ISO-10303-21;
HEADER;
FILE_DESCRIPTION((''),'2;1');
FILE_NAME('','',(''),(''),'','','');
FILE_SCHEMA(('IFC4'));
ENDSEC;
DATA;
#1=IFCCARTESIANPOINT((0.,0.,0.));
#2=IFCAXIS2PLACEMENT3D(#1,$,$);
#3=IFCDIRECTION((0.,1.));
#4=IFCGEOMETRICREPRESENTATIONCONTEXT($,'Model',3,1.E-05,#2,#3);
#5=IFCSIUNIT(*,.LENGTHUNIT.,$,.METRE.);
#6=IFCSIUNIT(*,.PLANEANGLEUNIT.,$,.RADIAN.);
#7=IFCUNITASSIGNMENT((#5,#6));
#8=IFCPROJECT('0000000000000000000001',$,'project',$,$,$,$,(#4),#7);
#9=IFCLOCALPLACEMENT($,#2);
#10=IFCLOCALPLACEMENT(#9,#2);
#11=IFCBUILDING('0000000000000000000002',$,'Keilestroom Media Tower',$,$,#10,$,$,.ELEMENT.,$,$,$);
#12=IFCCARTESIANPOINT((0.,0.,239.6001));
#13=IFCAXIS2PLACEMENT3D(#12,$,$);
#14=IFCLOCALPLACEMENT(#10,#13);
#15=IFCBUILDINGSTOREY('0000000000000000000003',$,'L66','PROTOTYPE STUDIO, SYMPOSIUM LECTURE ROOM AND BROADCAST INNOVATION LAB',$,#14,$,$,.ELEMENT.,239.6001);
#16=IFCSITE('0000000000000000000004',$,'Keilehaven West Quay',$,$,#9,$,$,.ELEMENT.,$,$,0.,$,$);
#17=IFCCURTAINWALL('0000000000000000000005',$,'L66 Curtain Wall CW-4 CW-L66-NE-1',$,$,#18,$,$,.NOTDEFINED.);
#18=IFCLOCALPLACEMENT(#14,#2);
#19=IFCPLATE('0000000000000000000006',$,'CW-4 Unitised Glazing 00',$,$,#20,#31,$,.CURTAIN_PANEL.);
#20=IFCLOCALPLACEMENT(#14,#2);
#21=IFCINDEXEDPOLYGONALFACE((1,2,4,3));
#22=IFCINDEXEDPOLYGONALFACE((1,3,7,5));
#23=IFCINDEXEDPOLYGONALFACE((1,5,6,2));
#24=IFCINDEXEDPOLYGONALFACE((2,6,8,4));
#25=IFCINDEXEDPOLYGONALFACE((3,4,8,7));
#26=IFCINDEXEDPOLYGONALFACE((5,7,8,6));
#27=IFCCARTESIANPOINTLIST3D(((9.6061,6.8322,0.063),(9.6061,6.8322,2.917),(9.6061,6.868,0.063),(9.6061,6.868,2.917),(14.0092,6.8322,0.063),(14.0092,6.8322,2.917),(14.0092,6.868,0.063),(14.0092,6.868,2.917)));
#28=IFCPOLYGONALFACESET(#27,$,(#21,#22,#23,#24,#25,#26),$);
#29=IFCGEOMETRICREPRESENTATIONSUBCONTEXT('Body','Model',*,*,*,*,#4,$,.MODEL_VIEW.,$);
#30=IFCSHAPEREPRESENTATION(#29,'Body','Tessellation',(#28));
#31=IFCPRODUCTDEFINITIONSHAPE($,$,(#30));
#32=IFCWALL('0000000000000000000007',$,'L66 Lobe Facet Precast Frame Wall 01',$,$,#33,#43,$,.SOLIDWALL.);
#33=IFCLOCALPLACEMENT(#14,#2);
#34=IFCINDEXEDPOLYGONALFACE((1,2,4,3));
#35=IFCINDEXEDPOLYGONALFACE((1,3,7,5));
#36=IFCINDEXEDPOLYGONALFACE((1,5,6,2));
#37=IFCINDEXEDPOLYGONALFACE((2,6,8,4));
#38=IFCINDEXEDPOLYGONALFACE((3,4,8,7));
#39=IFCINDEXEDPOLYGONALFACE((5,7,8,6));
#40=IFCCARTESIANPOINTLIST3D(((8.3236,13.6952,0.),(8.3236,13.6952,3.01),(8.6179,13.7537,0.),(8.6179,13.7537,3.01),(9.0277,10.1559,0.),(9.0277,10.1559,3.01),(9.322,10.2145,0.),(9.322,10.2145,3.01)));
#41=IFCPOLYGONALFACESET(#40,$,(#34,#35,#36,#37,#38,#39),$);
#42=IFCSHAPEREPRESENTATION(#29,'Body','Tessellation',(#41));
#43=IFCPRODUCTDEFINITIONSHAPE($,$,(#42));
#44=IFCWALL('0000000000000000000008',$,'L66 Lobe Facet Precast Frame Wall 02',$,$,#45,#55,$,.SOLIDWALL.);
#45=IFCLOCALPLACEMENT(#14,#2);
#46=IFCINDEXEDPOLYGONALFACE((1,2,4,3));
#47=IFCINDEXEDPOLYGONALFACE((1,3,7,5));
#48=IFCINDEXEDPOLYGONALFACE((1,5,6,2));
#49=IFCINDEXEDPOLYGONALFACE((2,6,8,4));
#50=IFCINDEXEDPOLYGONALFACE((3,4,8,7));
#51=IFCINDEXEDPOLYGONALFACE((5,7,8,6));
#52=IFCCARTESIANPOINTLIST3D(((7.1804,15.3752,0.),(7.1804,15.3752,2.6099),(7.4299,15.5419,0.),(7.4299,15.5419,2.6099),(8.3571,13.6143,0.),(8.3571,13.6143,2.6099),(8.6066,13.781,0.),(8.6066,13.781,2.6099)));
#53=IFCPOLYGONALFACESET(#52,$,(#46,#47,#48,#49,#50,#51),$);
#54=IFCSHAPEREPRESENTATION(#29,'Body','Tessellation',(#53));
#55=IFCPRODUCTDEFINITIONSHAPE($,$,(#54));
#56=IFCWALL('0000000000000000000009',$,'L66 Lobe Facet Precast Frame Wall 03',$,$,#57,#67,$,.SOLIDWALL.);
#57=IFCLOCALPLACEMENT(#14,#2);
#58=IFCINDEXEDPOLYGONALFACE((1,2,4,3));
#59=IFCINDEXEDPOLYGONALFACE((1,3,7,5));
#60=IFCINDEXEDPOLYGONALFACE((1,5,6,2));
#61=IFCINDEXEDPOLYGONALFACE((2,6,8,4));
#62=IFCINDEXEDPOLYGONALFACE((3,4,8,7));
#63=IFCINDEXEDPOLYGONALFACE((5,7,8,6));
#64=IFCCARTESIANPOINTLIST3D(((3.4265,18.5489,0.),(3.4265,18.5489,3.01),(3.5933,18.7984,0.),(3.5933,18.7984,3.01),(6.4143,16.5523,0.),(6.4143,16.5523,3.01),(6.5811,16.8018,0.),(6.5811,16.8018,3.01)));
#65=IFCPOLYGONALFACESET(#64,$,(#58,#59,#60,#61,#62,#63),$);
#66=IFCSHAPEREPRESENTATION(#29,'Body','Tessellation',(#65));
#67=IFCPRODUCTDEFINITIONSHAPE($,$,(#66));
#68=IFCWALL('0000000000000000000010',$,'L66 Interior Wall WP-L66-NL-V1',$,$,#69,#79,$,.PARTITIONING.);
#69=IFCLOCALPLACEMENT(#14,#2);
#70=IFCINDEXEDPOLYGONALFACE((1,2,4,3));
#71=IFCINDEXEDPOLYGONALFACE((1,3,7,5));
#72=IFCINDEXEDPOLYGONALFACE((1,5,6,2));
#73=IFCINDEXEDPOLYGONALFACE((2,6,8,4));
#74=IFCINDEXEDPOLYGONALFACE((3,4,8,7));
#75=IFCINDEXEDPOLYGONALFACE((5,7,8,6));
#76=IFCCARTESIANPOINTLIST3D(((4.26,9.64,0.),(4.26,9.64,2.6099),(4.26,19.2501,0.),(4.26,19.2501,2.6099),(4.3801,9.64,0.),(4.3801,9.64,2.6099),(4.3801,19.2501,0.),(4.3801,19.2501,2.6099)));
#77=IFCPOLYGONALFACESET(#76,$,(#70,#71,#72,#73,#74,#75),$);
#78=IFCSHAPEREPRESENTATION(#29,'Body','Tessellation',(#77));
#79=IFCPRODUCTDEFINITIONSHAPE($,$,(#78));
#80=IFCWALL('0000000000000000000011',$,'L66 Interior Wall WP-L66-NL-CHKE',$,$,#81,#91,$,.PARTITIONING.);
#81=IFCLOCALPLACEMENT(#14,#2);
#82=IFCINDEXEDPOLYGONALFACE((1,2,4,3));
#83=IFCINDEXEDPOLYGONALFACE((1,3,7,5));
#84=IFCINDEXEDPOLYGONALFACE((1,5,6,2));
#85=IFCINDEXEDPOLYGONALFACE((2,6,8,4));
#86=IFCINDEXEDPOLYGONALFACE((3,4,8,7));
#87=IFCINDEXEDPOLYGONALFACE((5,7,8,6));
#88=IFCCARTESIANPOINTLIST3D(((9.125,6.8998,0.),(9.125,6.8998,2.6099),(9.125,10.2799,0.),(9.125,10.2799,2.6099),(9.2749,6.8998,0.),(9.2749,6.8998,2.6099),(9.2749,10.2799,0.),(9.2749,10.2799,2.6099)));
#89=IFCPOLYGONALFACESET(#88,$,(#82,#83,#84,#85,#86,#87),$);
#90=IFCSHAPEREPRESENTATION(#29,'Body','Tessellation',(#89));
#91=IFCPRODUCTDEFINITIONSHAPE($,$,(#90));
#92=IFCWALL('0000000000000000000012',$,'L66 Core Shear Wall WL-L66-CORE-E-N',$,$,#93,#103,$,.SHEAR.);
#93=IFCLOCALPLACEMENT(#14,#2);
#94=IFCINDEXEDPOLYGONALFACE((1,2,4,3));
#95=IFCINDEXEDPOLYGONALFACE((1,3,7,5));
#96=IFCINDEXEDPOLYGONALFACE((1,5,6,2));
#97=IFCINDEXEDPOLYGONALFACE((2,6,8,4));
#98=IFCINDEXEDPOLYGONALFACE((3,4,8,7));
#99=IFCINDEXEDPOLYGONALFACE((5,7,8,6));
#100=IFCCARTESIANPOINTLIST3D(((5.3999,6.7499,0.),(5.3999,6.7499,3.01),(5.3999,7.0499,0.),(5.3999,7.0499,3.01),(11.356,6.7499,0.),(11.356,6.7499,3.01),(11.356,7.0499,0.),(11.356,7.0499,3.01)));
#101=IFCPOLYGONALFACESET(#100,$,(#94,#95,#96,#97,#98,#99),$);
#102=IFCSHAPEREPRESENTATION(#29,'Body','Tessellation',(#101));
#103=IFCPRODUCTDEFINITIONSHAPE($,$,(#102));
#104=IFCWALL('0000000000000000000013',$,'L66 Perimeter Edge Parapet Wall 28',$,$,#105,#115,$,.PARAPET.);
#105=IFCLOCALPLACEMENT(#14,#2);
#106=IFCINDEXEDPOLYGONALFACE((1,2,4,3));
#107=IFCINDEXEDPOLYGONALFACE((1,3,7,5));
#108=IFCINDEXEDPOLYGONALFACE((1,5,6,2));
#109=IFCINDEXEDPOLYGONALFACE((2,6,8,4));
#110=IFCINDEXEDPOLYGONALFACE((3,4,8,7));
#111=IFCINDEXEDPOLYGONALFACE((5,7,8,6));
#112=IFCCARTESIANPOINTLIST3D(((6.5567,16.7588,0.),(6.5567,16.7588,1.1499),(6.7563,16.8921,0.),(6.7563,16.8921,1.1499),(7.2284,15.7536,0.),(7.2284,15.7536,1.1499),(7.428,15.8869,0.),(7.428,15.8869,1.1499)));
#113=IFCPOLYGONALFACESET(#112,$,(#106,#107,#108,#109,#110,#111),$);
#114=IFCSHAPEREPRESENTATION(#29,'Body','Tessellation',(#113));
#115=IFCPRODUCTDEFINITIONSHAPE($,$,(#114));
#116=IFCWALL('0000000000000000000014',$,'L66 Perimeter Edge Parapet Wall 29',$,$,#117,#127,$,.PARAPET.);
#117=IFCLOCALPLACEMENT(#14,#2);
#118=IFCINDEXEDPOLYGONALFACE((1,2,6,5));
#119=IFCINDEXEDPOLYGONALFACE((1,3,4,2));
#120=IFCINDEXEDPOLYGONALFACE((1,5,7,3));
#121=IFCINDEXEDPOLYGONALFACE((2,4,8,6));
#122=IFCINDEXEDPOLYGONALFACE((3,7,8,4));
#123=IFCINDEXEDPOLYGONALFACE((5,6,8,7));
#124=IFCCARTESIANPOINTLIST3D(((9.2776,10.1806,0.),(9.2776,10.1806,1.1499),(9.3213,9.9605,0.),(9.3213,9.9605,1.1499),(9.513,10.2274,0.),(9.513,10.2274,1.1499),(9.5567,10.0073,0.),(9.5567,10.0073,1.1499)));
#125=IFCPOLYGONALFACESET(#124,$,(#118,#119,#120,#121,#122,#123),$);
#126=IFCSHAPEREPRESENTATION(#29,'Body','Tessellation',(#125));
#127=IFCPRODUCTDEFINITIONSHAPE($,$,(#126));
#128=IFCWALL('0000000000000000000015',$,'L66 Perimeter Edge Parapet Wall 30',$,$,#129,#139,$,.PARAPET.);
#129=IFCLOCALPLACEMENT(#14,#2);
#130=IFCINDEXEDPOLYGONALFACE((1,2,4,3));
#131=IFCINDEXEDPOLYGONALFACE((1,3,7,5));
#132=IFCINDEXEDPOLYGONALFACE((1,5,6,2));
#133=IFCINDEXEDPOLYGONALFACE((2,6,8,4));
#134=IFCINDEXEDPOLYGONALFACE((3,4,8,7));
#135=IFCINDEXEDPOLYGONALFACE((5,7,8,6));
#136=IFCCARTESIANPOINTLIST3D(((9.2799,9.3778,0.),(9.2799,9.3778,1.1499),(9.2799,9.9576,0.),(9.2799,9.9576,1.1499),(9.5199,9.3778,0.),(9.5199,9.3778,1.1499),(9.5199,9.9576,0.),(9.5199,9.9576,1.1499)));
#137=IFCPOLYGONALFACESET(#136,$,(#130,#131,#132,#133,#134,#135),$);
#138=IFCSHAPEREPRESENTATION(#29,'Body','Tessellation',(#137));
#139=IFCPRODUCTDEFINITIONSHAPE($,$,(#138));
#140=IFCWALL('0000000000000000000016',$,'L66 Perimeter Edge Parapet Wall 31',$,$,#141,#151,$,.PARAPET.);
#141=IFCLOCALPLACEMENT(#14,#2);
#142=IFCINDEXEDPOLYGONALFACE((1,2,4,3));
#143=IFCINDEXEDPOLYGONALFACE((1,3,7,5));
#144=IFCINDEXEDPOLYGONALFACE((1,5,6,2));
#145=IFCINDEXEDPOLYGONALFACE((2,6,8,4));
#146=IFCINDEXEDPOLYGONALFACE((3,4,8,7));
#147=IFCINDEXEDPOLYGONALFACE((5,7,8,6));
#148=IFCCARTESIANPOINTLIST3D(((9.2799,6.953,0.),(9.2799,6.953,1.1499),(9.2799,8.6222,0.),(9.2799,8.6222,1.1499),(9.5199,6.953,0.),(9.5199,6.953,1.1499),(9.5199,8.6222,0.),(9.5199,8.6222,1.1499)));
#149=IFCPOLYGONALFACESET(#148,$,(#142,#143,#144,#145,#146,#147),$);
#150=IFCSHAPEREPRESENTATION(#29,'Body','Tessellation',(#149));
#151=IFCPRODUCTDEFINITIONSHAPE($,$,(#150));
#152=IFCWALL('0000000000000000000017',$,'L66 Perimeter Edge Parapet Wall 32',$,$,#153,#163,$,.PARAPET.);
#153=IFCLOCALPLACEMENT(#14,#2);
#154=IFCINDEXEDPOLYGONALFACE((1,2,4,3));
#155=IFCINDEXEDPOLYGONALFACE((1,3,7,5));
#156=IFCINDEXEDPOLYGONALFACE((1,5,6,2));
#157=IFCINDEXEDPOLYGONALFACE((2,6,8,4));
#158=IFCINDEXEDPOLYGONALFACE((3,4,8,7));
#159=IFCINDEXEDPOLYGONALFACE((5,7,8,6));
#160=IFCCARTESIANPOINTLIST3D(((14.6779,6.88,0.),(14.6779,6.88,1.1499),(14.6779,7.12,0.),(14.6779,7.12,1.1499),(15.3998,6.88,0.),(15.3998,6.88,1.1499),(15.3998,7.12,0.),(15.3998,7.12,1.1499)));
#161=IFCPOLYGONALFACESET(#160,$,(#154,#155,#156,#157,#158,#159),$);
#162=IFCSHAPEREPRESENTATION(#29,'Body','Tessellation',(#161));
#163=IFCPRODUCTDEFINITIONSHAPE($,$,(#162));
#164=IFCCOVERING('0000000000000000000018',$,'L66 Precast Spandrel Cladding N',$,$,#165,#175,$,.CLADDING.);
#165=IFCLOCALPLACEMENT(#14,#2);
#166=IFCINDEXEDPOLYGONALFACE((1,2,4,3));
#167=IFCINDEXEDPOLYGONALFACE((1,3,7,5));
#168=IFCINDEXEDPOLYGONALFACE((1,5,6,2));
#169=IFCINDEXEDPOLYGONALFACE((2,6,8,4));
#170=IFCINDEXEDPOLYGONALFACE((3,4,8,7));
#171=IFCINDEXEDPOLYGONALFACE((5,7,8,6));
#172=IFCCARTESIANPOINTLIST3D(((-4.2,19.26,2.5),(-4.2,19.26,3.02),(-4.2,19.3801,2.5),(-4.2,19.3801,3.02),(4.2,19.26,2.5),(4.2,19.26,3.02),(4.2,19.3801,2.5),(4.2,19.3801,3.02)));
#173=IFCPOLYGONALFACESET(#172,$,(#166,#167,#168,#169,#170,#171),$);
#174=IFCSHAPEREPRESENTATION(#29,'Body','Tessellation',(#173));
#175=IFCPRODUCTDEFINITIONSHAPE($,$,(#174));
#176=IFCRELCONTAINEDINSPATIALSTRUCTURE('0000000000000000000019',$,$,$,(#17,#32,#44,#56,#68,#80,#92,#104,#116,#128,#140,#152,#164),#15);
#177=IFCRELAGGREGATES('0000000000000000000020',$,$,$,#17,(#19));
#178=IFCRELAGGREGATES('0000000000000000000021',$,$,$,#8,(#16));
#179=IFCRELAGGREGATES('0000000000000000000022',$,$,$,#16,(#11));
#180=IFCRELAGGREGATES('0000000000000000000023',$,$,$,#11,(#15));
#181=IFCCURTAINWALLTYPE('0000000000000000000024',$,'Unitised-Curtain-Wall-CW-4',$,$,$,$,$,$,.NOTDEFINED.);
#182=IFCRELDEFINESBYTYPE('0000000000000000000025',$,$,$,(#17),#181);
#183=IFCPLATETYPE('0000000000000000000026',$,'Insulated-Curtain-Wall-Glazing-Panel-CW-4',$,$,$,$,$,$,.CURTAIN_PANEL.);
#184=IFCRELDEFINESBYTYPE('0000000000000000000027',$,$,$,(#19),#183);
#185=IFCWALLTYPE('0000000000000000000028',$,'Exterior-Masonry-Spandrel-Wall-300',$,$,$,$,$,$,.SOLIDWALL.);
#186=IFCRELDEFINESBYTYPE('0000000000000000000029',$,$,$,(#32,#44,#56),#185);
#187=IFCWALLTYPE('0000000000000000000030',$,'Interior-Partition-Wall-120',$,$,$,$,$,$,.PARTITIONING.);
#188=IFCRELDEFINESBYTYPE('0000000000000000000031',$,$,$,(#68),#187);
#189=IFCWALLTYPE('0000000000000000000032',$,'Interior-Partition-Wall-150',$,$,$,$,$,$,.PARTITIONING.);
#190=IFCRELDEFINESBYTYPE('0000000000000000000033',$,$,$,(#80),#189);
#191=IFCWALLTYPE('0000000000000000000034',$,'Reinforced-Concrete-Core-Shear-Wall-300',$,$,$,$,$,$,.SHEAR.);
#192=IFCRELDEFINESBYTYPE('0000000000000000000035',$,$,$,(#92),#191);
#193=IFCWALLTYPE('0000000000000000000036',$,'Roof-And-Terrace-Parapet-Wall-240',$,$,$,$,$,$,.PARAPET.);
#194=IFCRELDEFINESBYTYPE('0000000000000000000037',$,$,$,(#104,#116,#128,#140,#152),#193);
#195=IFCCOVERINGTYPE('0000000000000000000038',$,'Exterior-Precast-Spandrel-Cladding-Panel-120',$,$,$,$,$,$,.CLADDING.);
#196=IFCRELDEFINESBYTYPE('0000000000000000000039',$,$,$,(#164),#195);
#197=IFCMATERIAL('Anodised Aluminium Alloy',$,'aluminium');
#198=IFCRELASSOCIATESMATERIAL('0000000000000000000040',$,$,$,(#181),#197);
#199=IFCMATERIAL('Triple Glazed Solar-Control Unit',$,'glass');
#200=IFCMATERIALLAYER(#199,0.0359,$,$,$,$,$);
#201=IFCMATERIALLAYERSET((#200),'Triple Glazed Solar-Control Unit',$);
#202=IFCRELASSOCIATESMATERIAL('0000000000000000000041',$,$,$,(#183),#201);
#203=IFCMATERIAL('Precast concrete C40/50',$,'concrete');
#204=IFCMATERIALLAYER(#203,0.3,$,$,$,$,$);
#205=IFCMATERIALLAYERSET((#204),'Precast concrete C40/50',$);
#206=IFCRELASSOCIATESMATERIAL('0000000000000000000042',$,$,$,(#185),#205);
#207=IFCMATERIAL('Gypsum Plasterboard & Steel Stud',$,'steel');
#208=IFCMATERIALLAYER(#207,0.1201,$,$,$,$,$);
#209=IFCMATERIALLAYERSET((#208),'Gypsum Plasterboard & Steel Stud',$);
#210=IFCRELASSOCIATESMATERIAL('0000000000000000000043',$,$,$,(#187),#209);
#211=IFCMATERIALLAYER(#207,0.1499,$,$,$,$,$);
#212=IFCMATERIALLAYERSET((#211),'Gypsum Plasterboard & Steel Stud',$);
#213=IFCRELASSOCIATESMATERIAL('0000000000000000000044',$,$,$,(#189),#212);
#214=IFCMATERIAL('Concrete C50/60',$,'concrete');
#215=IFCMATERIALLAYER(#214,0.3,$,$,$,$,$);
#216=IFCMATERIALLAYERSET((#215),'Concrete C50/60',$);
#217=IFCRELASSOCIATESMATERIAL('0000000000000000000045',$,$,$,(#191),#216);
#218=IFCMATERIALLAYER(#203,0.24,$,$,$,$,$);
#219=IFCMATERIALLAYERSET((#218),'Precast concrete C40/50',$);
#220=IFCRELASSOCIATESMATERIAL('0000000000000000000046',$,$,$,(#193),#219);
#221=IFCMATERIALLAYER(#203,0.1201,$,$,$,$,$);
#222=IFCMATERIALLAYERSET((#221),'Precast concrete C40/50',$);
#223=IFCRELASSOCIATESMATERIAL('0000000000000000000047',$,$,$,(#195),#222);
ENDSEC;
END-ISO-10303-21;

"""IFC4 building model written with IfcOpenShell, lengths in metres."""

from ifc_helpers import new_model, si_unit, direction, frame, frame_2d, origin, origin_2d, place, context, subcontext, project, spatial, rectangle, extrude, source, transform, mapped, material, layer, layer_set, type_object, element, aggregate, save


model = new_model("IFC4")

# Units and contexts
model_context = context("Model", 3, precision=1e-05, world=origin(), true_north=direction((0.0, 1.0)))
body_context = subcontext(model_context, "Body", "Model", "MODEL_VIEW")
ifc_project = project(units=[si_unit("LENGTHUNIT", "METRE"), si_unit("PLANEANGLEUNIT", "RADIAN")], contexts=[model_context])

# Site, building, storey
site_placement = place(None, origin())
site = spatial("IfcSite", under=ifc_project, at=site_placement, Name="Keilehaven West Quay", CompositionType="ELEMENT", RefElevation=0.0)
building_placement = place(site_placement, origin())
building = spatial("IfcBuilding", under=site, at=building_placement, Name="Keilestroom Media Tower", CompositionType="ELEMENT")
storey_placement = place(building_placement, frame((0.0, 0.0, 239.6001)))
storey = spatial("IfcBuildingStorey", under=building, at=storey_placement, Name="L66", Description="PROTOTYPE STUDIO, SYMPOSIUM LECTURE ROOM AND BROADCAST INNOVATION LAB", CompositionType="ELEMENT", Elevation=239.6001)

# Shared definitions
ifc_material_1 = material(Name="Precast concrete C40/50", Category="concrete")
ifc_material_2 = material(Name="Concrete C50/60", Category="concrete")

# Curtain wall
ifc_material_3 = material(Name="Anodised Aluminium Alloy", Category="aluminium")
curtain_wall_type_1 = type_object("IfcCurtainWallType", Name="Unitised-Curtain-Wall-CW-4", PredefinedType="NOTDEFINED", material=ifc_material_3)
curtain_wall_1_placement = place(storey_placement, origin())
curtain_wall_1 = element("IfcCurtainWall", 1, at=curtain_wall_1_placement, inside=storey, type_object=curtain_wall_type_1, Name="L66 Curtain Wall CW-4 CW-L66-NE-1", PredefinedType="NOTDEFINED")

# Plate
ifc_material_4 = material(Name="Triple Glazed Solar-Control Unit", Category="glass")
ifc_layer_1 = layer(ifc_material_4, 0.0359)
ifc_layer_set_1 = layer_set([ifc_layer_1], Name="Triple Glazed Solar-Control Unit")
plate_type_1 = type_object("IfcPlateType", Name="Insulated-Curtain-Wall-Glazing-Panel-CW-4", PredefinedType="CURTAIN_PANEL", material=ifc_layer_set_1)
shared_shape_1 = source(origin(), body_context, "Body", "SweptSolid", [
    extrude(rectangle(XDim=4.4031, YDim=0.0359, at=origin_2d()), origin(), (0.0, 0.0, 1.0), 2.854),
])
plate_1_placement = place(storey_placement, frame((11.8076, 6.8501, 0.063), z_axis=(0.0, 0.0, 1.0), x_axis=(1.0, 0.0, 0.0)))
plate_1 = element("IfcPlate", 2, at=plate_1_placement, type_object=plate_type_1, Name="CW-4 Unitised Glazing 00", PredefinedType="CURTAIN_PANEL", context=body_context, shape_type="MappedRepresentation", body=[
    mapped(shared_shape_1, transform((0.0, 0.0, 0.0), x_axis=(1.0, 0.0, 0.0), y_axis=(0.0, 1.0, 0.0), z_axis=(0.0, 0.0, 1.0), scale=1.0)),
])
aggregate(curtain_wall_1, [plate_1])

# Walls
ifc_layer_2 = layer(ifc_material_1, 0.3)
ifc_layer_set_2 = layer_set([ifc_layer_2], Name="Precast concrete C40/50")
wall_type_1 = type_object("IfcWallType", Name="Exterior-Masonry-Spandrel-Wall-300", PredefinedType="SOLIDWALL", material=ifc_layer_set_2)
wall_1_placement = place(storey_placement, frame((9.1748, 10.1853, 0.0), z_axis=(0.0, 0.0, 1.0), x_axis=(-0.195114, 0.980781, 0.0)))
element("IfcWall", 3, at=wall_1_placement, inside=storey, type_object=wall_type_1, Name="L66 Lobe Facet Precast Frame Wall 01", PredefinedType="SOLIDWALL", context=body_context, shape_type="SweptSolid", body=[
    extrude(rectangle(XDim=3.6086, YDim=0.3, at=frame_2d((1.8042, 0.0))), origin(), (0.0, 0.0, 1.0), 3.01),
])
wall_2_placement = place(storey_placement, frame((8.4819, 13.6975, 0.0), z_axis=(0.0, 0.0, 1.0), x_axis=(-0.555604, 0.831447, 0.0)))
element("IfcWall", 4, at=wall_2_placement, inside=storey, type_object=wall_type_1, Name="L66 Lobe Facet Precast Frame Wall 02", PredefinedType="SOLIDWALL", context=body_context, shape_type="SweptSolid", body=[
    extrude(rectangle(XDim=2.1179, YDim=0.3, at=frame_2d((1.0591, 0.0))), origin(), (0.0, 0.0, 1.0), 2.6099),
])
wall_3_placement = place(storey_placement, frame((6.4978, 16.677, 0.0), z_axis=(0.0, 0.0, 1.0), x_axis=(-0.831444, 0.555609, 0.0)))
element("IfcWall", 5, at=wall_3_placement, inside=storey, type_object=wall_type_1, Name="L66 Lobe Facet Precast Frame Wall 03", PredefinedType="SOLIDWALL", context=body_context, shape_type="SweptSolid", body=[
    extrude(rectangle(XDim=3.5935, YDim=0.3, at=frame_2d((1.7969, 0.0))), origin(), (0.0, 0.0, 1.0), 3.01),
])
ifc_material_5 = material(Name="Gypsum Plasterboard & Steel Stud", Category="steel")
ifc_layer_3 = layer(ifc_material_5, 0.1201)
ifc_layer_set_3 = layer_set([ifc_layer_3], Name="Gypsum Plasterboard & Steel Stud")
wall_type_2 = type_object("IfcWallType", Name="Interior-Partition-Wall-120", PredefinedType="PARTITIONING", material=ifc_layer_set_3)
wall_4_placement = place(storey_placement, frame((4.3201, 9.6399, 0.0), z_axis=(0.0, 0.0, 1.0), x_axis=(0.0, 1.0, 0.0)))
element("IfcWall", 6, at=wall_4_placement, inside=storey, type_object=wall_type_2, Name="L66 Interior Wall WP-L66-NL-V1", PredefinedType="PARTITIONING", context=body_context, shape_type="SweptSolid", body=[
    extrude(rectangle(XDim=9.6101, YDim=0.1201, at=frame_2d((4.8052, 0.0))), origin(), (0.0, 0.0, 1.0), 2.6099),
])
ifc_layer_4 = layer(ifc_material_5, 0.1499)
ifc_layer_set_4 = layer_set([ifc_layer_4], Name="Gypsum Plasterboard & Steel Stud")
wall_type_3 = type_object("IfcWallType", Name="Interior-Partition-Wall-150", PredefinedType="PARTITIONING", material=ifc_layer_set_4)
wall_5_placement = place(storey_placement, frame((9.2, 6.8999, 0.0), z_axis=(0.0, 0.0, 1.0), x_axis=(0.0, 1.0, 0.0)))
element("IfcWall", 7, at=wall_5_placement, inside=storey, type_object=wall_type_3, Name="L66 Interior Wall WP-L66-NL-CHKE", PredefinedType="PARTITIONING", context=body_context, shape_type="SweptSolid", body=[
    extrude(rectangle(XDim=3.3801, YDim=0.1499, at=frame_2d((1.6899, 0.0))), origin(), (0.0, 0.0, 1.0), 2.6099),
])
ifc_layer_5 = layer(ifc_material_2, 0.3)
ifc_layer_set_5 = layer_set([ifc_layer_5], Name="Concrete C50/60")
wall_type_4 = type_object("IfcWallType", Name="Reinforced-Concrete-Core-Shear-Wall-300", PredefinedType="SHEAR", material=ifc_layer_set_5)
wall_6_placement = place(storey_placement, frame((5.3999, 6.8999, 0.0), z_axis=(0.0, 0.0, 1.0), x_axis=(1.0, 0.0, 0.0)))
element("IfcWall", 8, at=wall_6_placement, inside=storey, type_object=wall_type_4, Name="L66 Core Shear Wall WL-L66-CORE-E-N", PredefinedType="SHEAR", context=body_context, shape_type="SweptSolid", body=[
    extrude(rectangle(XDim=5.9561, YDim=0.3, at=frame_2d((2.978, 0.0))), origin(), (0.0, 0.0, 1.0), 3.01),
])
ifc_layer_6 = layer(ifc_material_1, 0.24)
ifc_layer_set_6 = layer_set([ifc_layer_6], Name="Precast concrete C40/50")
wall_type_5 = type_object("IfcWallType", Name="Roof-And-Terrace-Parapet-Wall-240", PredefinedType="PARAPET", material=ifc_layer_set_6)
wall_7_placement = place(storey_placement, frame((6.6565, 16.8254, 0.0), z_axis=(0.0, 0.0, 1.0), x_axis=(0.555585, -0.831459, 0.0)))
element("IfcWall", 9, at=wall_7_placement, inside=storey, type_object=wall_type_5, Name="L66 Perimeter Edge Parapet Wall 28", PredefinedType="PARAPET", context=body_context, shape_type="SweptSolid", body=[
    extrude(rectangle(XDim=1.209, YDim=0.24, at=frame_2d((0.6045, 0.0))), origin(), (0.0, 0.0, 1.0), 1.1499),
])
wall_8_placement = place(storey_placement, frame((9.3953, 10.2041, 0.0), z_axis=(0.0, 0.0, 1.0), x_axis=(0.19486, -0.980831, 0.0)))
element("IfcWall", 10, at=wall_8_placement, inside=storey, type_object=wall_type_5, Name="L66 Perimeter Edge Parapet Wall 29", PredefinedType="PARAPET", context=body_context, shape_type="SweptSolid", body=[
    extrude(rectangle(XDim=0.2244, YDim=0.24, at=frame_2d((0.1123, 0.0))), origin(), (0.0, 0.0, 1.0), 1.1499),
])
wall_9_placement = place(storey_placement, frame((9.3999, 9.9578, 0.0), z_axis=(0.0, 0.0, 1.0), x_axis=(0.0, -1.0, 0.0)))
element("IfcWall", 11, at=wall_9_placement, inside=storey, type_object=wall_type_5, Name="L66 Perimeter Edge Parapet Wall 30", PredefinedType="PARAPET", context=body_context, shape_type="SweptSolid", body=[
    extrude(rectangle(XDim=0.5798, YDim=0.24, at=frame_2d((0.29, 0.0))), origin(), (0.0, 0.0, 1.0), 1.1499),
])
wall_10_placement = place(storey_placement, frame((9.3999, 8.6221, 0.0), z_axis=(0.0, 0.0, 1.0), x_axis=(0.0, -1.0, 0.0)))
element("IfcWall", 12, at=wall_10_placement, inside=storey, type_object=wall_type_5, Name="L66 Perimeter Edge Parapet Wall 31", PredefinedType="PARAPET", context=body_context, shape_type="SweptSolid", body=[
    extrude(rectangle(XDim=1.6692, YDim=0.24, at=frame_2d((0.8345, 0.0))), origin(), (0.0, 0.0, 1.0), 1.1499),
])
wall_11_placement = place(storey_placement, frame((14.678, 7.0, 0.0), z_axis=(0.0, 0.0, 1.0), x_axis=(1.0, 0.0, 0.0)))
element("IfcWall", 13, at=wall_11_placement, inside=storey, type_object=wall_type_5, Name="L66 Perimeter Edge Parapet Wall 32", PredefinedType="PARAPET", context=body_context, shape_type="SweptSolid", body=[
    extrude(rectangle(XDim=0.7219, YDim=0.24, at=frame_2d((0.3608, 0.0))), origin(), (0.0, 0.0, 1.0), 1.1499),
])

# Covering
ifc_layer_7 = layer(ifc_material_1, 0.1201)
ifc_layer_set_7 = layer_set([ifc_layer_7], Name="Precast concrete C40/50")
covering_type = type_object("IfcCoveringType", Name="Exterior-Precast-Spandrel-Cladding-Panel-120", PredefinedType="CLADDING", material=ifc_layer_set_7)
shared_shape_2 = source(origin(), body_context, "Body", "SweptSolid", [
    extrude(rectangle(XDim=8.3999, YDim=0.1201, at=origin_2d()), origin(), (0.0, 0.0, 1.0), 0.52),
])
covering_1_placement = place(storey_placement, frame((0.0, 19.3201, 2.5), z_axis=(0.0, 0.0, 1.0), x_axis=(1.0, 0.0, 0.0)))
element("IfcCovering", 14, at=covering_1_placement, inside=storey, type_object=covering_type, Name="L66 Precast Spandrel Cladding N", PredefinedType="CLADDING", context=body_context, shape_type="MappedRepresentation", body=[
    mapped(shared_shape_2, transform((0.0, 0.0, 0.0), x_axis=(1.0, 0.0, 0.0), y_axis=(0.0, 1.0, 0.0), z_axis=(0.0, 0.0, 1.0), scale=1.0)),
])

save(model, "model.ifc")
